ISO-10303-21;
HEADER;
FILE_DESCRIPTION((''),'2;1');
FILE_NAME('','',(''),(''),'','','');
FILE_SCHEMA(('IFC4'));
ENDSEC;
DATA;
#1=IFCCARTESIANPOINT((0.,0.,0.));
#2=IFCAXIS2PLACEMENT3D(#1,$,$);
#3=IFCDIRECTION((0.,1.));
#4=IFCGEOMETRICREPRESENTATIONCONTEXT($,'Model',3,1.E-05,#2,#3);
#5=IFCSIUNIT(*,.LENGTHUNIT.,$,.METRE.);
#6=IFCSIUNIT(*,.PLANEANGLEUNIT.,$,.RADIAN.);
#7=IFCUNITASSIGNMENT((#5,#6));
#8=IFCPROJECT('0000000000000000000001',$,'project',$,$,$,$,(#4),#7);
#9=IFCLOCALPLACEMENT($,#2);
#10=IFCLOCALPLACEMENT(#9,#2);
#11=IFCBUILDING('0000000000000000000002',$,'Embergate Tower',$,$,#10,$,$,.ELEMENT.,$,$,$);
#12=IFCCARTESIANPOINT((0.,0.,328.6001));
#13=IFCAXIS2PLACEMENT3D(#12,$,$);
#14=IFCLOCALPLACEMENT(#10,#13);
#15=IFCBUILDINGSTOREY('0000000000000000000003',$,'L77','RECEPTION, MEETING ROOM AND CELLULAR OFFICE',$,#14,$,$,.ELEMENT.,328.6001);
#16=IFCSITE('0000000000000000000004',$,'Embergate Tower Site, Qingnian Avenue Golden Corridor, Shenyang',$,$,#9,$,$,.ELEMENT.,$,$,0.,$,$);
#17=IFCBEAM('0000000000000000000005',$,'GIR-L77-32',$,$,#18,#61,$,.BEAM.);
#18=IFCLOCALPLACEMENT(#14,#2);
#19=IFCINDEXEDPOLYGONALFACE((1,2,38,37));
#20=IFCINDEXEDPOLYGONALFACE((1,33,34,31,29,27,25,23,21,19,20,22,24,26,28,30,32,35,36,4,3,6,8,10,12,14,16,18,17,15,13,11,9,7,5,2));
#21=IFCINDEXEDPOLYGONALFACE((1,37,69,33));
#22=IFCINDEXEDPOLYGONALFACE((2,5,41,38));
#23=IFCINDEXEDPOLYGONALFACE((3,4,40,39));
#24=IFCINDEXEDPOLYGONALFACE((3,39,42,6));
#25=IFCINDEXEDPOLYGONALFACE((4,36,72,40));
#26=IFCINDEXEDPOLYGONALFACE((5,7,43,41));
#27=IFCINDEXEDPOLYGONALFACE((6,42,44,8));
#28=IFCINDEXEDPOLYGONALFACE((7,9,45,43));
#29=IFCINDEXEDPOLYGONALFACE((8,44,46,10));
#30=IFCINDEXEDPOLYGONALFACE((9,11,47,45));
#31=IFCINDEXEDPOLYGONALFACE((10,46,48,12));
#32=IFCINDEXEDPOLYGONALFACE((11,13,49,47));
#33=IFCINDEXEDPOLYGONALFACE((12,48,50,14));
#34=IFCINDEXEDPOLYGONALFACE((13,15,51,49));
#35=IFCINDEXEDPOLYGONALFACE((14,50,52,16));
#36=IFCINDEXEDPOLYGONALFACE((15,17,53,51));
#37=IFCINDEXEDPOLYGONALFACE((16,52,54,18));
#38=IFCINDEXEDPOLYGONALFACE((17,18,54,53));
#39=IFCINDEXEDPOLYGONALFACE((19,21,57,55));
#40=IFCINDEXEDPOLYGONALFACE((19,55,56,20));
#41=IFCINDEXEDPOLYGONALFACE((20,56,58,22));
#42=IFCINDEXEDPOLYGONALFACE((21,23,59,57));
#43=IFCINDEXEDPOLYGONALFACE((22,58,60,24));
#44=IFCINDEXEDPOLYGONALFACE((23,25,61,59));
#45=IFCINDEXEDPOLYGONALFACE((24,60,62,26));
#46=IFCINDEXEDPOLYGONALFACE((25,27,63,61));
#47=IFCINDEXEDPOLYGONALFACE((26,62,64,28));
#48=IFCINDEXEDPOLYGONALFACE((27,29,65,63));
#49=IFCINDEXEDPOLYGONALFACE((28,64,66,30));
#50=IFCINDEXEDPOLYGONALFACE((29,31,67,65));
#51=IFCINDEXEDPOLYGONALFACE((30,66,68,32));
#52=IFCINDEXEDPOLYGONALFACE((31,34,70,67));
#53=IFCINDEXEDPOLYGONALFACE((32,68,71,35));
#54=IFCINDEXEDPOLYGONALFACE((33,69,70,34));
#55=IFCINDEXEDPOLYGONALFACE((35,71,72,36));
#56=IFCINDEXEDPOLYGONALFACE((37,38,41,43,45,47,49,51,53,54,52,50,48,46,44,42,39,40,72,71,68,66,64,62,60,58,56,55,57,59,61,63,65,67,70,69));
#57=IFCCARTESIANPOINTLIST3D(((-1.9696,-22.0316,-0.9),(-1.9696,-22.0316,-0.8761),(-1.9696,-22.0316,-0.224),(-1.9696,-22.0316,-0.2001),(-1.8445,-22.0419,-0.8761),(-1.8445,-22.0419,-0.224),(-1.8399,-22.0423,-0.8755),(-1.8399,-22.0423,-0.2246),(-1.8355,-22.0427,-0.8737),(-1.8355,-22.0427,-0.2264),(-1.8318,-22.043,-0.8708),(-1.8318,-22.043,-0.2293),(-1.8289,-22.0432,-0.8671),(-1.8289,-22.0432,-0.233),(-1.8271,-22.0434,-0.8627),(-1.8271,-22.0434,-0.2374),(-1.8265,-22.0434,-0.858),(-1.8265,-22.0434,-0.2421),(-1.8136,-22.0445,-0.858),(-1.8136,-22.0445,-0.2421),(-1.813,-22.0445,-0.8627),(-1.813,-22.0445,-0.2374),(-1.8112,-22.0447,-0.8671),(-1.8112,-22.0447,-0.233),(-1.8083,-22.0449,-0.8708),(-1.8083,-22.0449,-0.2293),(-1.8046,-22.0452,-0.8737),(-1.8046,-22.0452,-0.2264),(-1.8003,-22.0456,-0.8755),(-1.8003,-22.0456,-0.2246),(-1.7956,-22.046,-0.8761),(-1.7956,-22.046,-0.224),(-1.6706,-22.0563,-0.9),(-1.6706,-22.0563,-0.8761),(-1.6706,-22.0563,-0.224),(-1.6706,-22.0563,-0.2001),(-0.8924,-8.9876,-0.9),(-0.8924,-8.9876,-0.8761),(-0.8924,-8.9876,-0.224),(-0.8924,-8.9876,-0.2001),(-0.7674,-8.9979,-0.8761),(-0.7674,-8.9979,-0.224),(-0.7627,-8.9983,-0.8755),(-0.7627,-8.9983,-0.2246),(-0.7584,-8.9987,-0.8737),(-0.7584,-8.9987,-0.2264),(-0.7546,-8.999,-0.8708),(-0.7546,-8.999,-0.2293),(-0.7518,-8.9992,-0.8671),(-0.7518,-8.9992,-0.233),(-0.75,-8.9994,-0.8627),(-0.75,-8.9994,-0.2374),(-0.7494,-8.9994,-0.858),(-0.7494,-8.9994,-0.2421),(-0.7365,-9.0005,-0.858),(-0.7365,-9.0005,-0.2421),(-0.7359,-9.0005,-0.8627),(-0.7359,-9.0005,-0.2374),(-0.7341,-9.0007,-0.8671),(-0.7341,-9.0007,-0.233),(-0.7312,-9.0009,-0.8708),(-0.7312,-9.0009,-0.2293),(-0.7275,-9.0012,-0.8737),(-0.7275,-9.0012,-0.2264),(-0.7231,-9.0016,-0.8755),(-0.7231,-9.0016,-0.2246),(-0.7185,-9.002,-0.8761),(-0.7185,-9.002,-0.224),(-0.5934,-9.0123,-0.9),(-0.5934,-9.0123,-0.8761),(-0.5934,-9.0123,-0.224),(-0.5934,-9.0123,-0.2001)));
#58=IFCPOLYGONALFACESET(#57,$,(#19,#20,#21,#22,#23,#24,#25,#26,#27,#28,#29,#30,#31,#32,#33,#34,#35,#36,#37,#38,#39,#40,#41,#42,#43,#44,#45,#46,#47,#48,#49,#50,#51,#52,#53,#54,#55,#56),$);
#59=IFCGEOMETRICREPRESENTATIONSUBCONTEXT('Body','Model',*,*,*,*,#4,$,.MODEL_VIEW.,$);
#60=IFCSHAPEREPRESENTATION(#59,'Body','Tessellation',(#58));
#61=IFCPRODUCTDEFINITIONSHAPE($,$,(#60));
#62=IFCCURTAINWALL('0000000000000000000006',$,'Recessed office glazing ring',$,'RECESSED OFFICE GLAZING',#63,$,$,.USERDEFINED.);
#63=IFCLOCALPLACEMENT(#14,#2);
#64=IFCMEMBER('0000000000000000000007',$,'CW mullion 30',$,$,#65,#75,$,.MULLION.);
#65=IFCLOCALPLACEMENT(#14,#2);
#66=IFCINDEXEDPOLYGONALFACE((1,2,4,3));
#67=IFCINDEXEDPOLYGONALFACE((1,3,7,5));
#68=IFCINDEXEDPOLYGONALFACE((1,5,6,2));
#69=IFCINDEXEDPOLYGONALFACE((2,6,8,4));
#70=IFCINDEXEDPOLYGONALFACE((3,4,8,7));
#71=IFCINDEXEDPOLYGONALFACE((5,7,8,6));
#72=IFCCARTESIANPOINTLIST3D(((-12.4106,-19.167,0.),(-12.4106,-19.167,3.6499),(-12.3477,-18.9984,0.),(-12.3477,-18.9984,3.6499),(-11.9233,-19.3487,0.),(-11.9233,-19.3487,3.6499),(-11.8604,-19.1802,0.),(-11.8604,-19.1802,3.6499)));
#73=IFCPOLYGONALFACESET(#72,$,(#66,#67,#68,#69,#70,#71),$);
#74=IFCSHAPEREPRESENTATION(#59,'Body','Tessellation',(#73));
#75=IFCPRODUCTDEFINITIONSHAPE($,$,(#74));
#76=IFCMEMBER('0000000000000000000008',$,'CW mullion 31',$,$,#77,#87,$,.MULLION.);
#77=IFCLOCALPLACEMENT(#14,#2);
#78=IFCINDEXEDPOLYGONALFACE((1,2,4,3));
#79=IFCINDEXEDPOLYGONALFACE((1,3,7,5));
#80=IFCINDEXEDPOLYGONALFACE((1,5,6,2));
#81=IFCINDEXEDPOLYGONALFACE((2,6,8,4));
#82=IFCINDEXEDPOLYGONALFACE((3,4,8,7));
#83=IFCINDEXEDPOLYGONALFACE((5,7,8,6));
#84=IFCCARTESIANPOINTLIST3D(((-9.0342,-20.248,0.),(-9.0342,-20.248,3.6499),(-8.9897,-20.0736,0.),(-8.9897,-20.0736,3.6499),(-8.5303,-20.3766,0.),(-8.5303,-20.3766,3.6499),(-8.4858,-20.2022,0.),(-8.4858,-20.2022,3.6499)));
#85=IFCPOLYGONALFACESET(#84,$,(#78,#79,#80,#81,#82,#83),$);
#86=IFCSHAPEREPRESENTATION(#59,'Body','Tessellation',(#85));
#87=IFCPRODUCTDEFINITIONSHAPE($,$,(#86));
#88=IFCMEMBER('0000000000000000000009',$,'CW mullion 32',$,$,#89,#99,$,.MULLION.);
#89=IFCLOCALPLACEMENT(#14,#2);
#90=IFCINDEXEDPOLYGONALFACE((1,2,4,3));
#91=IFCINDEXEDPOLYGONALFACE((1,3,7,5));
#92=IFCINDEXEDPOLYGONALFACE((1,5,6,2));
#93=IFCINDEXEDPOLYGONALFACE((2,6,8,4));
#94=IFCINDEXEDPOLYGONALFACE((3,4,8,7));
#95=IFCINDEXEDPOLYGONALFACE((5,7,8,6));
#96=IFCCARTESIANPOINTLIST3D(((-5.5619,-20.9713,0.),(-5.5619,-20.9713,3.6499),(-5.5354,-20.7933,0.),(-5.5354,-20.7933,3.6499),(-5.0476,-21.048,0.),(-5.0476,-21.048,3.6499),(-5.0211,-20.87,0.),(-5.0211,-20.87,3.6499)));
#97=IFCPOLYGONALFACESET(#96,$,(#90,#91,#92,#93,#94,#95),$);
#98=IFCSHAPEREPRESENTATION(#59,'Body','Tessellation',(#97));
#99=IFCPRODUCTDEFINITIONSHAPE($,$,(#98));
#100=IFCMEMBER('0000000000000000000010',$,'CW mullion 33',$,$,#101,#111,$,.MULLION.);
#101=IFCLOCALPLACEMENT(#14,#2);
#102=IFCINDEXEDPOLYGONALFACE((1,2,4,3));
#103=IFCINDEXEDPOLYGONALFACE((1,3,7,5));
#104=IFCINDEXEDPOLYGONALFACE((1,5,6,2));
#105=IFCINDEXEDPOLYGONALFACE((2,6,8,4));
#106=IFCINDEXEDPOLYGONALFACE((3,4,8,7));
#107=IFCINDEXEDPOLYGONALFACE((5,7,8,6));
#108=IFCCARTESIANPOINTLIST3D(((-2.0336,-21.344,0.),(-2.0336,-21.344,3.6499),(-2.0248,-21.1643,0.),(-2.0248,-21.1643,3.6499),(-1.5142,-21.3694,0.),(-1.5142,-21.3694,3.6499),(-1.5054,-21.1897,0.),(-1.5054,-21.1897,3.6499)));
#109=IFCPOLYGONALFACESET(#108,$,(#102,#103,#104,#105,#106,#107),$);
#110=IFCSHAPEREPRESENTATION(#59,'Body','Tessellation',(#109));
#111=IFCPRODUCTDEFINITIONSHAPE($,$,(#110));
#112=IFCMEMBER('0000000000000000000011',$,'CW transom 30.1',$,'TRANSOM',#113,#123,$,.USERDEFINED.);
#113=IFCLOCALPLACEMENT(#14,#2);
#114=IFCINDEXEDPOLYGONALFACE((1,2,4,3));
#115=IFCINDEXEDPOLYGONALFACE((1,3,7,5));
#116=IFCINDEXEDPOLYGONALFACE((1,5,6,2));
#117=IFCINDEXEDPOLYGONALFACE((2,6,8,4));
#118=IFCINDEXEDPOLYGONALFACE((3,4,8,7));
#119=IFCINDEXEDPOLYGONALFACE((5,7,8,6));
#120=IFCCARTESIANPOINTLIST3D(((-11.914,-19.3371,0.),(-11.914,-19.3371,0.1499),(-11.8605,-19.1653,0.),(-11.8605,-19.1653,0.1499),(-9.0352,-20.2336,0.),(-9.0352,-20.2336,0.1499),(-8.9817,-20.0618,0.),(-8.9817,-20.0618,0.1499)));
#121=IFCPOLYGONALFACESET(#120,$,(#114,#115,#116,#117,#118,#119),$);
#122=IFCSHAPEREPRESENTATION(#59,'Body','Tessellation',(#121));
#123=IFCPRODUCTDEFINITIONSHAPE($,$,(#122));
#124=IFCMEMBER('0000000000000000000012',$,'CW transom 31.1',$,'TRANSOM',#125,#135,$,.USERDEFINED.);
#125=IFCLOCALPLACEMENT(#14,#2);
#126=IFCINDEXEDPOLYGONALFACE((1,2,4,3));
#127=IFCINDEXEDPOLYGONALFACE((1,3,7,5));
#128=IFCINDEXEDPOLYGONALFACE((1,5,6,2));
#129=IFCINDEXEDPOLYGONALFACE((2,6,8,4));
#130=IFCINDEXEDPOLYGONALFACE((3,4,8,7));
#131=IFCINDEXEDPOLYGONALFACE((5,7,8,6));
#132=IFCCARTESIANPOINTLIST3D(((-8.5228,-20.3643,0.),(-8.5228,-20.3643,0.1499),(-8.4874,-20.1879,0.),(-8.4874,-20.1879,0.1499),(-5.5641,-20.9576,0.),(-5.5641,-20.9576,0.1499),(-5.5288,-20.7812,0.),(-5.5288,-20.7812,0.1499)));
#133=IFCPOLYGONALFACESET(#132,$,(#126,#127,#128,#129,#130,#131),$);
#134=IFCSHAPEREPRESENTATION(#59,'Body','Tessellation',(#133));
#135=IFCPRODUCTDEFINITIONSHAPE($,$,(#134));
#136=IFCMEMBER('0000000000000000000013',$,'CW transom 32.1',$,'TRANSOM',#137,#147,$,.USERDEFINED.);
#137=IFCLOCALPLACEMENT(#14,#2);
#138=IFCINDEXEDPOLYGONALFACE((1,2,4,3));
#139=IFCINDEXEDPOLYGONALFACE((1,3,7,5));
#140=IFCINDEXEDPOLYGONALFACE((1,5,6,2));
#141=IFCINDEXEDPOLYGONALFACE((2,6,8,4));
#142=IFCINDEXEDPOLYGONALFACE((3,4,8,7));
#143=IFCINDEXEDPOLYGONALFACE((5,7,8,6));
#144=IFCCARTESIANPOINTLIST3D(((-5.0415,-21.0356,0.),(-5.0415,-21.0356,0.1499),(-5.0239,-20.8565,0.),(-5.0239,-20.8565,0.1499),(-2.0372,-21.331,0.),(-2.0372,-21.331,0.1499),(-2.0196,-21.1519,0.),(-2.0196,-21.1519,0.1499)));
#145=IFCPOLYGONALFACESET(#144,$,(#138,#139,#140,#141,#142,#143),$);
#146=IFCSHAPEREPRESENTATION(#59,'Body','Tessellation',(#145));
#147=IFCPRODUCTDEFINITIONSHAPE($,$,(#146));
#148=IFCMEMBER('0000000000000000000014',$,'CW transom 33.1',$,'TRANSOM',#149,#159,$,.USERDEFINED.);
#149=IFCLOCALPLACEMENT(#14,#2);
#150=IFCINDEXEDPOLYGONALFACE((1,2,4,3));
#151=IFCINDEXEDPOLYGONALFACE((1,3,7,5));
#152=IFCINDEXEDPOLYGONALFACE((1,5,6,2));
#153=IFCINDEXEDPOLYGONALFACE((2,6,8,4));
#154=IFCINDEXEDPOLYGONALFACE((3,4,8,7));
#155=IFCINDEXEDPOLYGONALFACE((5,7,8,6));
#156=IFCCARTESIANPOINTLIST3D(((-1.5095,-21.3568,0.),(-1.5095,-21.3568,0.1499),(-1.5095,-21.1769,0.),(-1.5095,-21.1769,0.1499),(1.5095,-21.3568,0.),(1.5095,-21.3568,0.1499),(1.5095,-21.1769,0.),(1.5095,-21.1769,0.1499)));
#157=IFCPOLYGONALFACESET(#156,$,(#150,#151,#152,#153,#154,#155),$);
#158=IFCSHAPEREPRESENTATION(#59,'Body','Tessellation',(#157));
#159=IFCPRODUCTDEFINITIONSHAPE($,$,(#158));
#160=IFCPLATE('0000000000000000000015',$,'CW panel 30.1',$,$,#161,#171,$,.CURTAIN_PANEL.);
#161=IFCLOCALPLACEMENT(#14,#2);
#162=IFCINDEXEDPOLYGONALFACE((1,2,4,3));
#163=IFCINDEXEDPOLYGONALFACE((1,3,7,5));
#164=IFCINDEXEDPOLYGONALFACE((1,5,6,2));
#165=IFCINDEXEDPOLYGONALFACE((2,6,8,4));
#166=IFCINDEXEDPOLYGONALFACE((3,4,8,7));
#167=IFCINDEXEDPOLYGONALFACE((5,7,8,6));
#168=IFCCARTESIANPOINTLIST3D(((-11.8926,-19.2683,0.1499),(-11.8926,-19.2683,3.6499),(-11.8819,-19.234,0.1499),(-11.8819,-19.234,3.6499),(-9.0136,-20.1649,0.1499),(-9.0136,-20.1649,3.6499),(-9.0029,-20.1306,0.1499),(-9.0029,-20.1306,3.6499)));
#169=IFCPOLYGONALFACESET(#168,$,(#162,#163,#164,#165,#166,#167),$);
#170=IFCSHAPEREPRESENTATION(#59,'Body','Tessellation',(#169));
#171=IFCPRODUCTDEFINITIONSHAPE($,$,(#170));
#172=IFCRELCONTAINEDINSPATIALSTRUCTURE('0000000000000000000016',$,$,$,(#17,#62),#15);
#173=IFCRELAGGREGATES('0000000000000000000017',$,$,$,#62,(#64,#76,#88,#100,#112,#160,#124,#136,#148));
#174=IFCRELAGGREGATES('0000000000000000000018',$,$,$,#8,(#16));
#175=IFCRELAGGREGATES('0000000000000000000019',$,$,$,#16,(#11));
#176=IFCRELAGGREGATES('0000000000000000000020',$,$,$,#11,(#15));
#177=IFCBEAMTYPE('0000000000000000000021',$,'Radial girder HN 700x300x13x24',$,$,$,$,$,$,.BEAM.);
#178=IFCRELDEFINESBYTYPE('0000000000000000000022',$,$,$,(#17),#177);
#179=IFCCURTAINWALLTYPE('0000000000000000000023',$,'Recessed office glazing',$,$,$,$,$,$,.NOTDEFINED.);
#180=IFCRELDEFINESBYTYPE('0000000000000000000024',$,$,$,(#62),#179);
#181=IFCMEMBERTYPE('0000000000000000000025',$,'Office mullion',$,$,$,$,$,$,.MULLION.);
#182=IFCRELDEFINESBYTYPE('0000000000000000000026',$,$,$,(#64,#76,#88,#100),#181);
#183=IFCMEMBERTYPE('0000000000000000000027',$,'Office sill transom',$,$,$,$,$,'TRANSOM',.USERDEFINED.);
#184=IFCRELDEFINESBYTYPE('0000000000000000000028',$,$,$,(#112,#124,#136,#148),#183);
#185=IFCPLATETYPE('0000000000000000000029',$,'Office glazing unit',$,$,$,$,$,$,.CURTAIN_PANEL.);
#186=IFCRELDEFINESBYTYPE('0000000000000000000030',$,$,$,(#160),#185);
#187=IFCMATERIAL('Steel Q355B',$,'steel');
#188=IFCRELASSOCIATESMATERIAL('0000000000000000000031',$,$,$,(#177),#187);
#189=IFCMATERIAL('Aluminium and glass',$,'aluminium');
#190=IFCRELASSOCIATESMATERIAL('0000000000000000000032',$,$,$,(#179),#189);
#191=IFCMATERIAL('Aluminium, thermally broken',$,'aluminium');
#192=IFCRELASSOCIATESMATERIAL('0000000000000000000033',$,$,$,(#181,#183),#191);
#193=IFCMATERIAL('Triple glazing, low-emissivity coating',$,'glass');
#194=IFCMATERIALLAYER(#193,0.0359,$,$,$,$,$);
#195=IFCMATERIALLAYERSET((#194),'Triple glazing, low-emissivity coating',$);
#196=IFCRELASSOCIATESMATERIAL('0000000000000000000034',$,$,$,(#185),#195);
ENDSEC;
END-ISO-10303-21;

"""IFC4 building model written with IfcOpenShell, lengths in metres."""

from ifc_helpers import new_model, si_unit, direction, frame, origin, origin_2d, place, context, subcontext, project, spatial, rectangle, i_section, extrude, source, transform, mapped, material, layer, layer_set, material_profile, profile_set, type_object, element, aggregate, save


model = new_model("IFC4")

# Units and contexts
model_context = context("Model", 3, precision=1e-05, world=origin(), true_north=direction((0.0, 1.0)))
body_context = subcontext(model_context, "Body", "Model", "MODEL_VIEW")
ifc_project = project(units=[si_unit("LENGTHUNIT", "METRE"), si_unit("PLANEANGLEUNIT", "RADIAN")], contexts=[model_context])

# Site, building, storey
site_placement = place(None, origin())
site = spatial("IfcSite", under=ifc_project, at=site_placement, Name="Embergate Tower Site, Qingnian Avenue Golden Corridor, Shenyang", CompositionType="ELEMENT", RefElevation=0.0)
building_placement = place(site_placement, origin())
building = spatial("IfcBuilding", under=site, at=building_placement, Name="Embergate Tower", CompositionType="ELEMENT")
storey_placement = place(building_placement, frame((0.0, 0.0, 328.6001)))
storey = spatial("IfcBuildingStorey", under=building, at=storey_placement, Name="L77", Description="RECEPTION, MEETING ROOM AND CELLULAR OFFICE", CompositionType="ELEMENT", Elevation=328.6001)

# Beam
ifc_material_1 = material(Name="Steel Q355B", Category="steel")
ifc_material_profile_1 = material_profile(ifc_material_1, i_section(OverallWidth=0.3, OverallDepth=0.7, WebThickness=0.0129, FlangeThickness=0.0239, FilletRadius=0.0181, at=origin_2d()), Name="HN 700x300x13x24")
ifc_profile_set_1 = profile_set([ifc_material_profile_1], Name="Steel Q355 grade B")
beam_type_1 = type_object("IfcBeamType", Name="Radial girder HN 700x300x13x24", PredefinedType="BEAM", material=ifc_profile_set_1)
shared_shape_1 = source(origin(), body_context, "Body", "SweptSolid", [
    extrude(i_section(OverallWidth=0.3, OverallDepth=0.7, WebThickness=0.0129, FlangeThickness=0.0239, FilletRadius=0.0181, at=origin_2d()), origin(), (0.0, 0.0, 1.0), 13.0884),
])
beam_1_placement = place(storey_placement, frame((-1.8201, -22.0439, -0.55), z_axis=(0.082298, 0.996608, 0.0), x_axis=(-0.996608, 0.082298, 0.0)))
element("IfcBeam", 1, at=beam_1_placement, inside=storey, type_object=beam_type_1, Name="GIR-L77-32", PredefinedType="BEAM", context=body_context, shape_type="MappedRepresentation", body=[
    mapped(shared_shape_1, transform((0.0, 0.0, 0.0))),
])

# Curtain wall, members
ifc_material_2 = material(Name="Aluminium and glass", Category="aluminium")
curtain_wall_type = type_object("IfcCurtainWallType", Name="Recessed office glazing", PredefinedType="NOTDEFINED", material=ifc_material_2)
curtain_wall_placement = place(storey_placement, origin())
curtain_wall = element("IfcCurtainWall", 2, at=curtain_wall_placement, inside=storey, type_object=curtain_wall_type, Name="Recessed office glazing ring", ObjectType="RECESSED OFFICE GLAZING", PredefinedType="USERDEFINED")
ifc_material_3 = material(Name="Aluminium, thermally broken", Category="aluminium")
ifc_material_profile_2 = material_profile(ifc_material_3, rectangle(XDim=0.1799, YDim=0.52, at=origin_2d()), Name="AL 520x180")
ifc_profile_set_2 = profile_set([ifc_material_profile_2], Name="Aluminium, thermally broken")
member_type_1 = type_object("IfcMemberType", Name="Office mullion", PredefinedType="MULLION", material=ifc_profile_set_2)
shared_shape_2 = source(origin(), body_context, "Body", "SweptSolid", [
    extrude(rectangle(XDim=0.1799, YDim=0.52, at=origin_2d()), origin(), (0.0, 0.0, 1.0), 3.6499),
])
member_1_placement = place(storey_placement, frame((-12.1355, -19.1736, 0.0), z_axis=(0.0, 0.0, 1.0), x_axis=(0.349496, 0.936938, 0.0)))
member_1 = element("IfcMember", 3, at=member_1_placement, type_object=member_type_1, Name="CW mullion 30", PredefinedType="MULLION", context=body_context, shape_type="MappedRepresentation", body=[
    mapped(shared_shape_2, transform((0.0, 0.0, 0.0))),
])
member_2_placement = place(storey_placement, frame((-8.76, -20.2251, 0.0), z_axis=(0.0, 0.0, 1.0), x_axis=(0.247307, 0.968937, 0.0)))
member_2 = element("IfcMember", 4, at=member_2_placement, type_object=member_type_1, Name="CW mullion 31", PredefinedType="MULLION", context=body_context, shape_type="MappedRepresentation", body=[
    mapped(shared_shape_2, transform((0.0, 0.0, 0.0))),
])
member_3_placement = place(storey_placement, frame((-5.2915, -20.9207, 0.0), z_axis=(0.0, 0.0, 1.0), x_axis=(0.147409, 0.989076, 0.0)))
member_3 = element("IfcMember", 5, at=member_3_placement, type_object=member_type_1, Name="CW mullion 32", PredefinedType="MULLION", context=body_context, shape_type="MappedRepresentation", body=[
    mapped(shared_shape_2, transform((0.0, 0.0, 0.0))),
])
member_4_placement = place(storey_placement, frame((-1.7695, -21.2668, 0.0), z_axis=(0.0, 0.0, 1.0), x_axis=(0.04897, 0.9988, 0.0)))
member_4 = element("IfcMember", 6, at=member_4_placement, type_object=member_type_1, Name="CW mullion 33", PredefinedType="MULLION", context=body_context, shape_type="MappedRepresentation", body=[
    mapped(shared_shape_2, transform((0.0, 0.0, 0.0))),
])
ifc_material_profile_3 = material_profile(ifc_material_3, rectangle(XDim=0.1799, YDim=0.1499, at=origin_2d()), Name="AL 150x180")
ifc_profile_set_3 = profile_set([ifc_material_profile_3], Name="Aluminium, thermally broken")
member_type_2 = type_object("IfcMemberType", Name="Office sill transom", ElementType="TRANSOM", PredefinedType="USERDEFINED", material=ifc_profile_set_3)
shared_shape_3 = source(origin(), body_context, "Body", "SweptSolid", [
    extrude(rectangle(XDim=0.1799, YDim=0.1499, at=origin_2d()), origin(), (0.0, 0.0, 1.0), 3.0151),
])
member_5_placement = place(storey_placement, frame((-11.8872, -19.2512, 0.075), z_axis=(0.954779, -0.297316, 0.0), x_axis=(0.297316, 0.954779, 0.0)))
member_5 = element("IfcMember", 7, at=member_5_placement, type_object=member_type_2, Name="CW transom 30.1", ObjectType="TRANSOM", PredefinedType="USERDEFINED", context=body_context, shape_type="MappedRepresentation", body=[
    mapped(shared_shape_3, transform((0.0, 0.0, 0.0))),
])
shared_shape_4 = source(origin(), body_context, "Body", "SweptSolid", [
    extrude(rectangle(XDim=0.1799, YDim=0.1499, at=origin_2d()), origin(), (0.0, 0.0, 1.0), 3.0176),
])
member_6_placement = place(storey_placement, frame((-8.5051, -20.2761, 0.075), z_axis=(0.980484, -0.196598, 0.0), x_axis=(0.196598, 0.980484, 0.0)))
member_6 = element("IfcMember", 8, at=member_6_placement, type_object=member_type_2, Name="CW transom 31.1", ObjectType="TRANSOM", PredefinedType="USERDEFINED", context=body_context, shape_type="MappedRepresentation", body=[
    mapped(shared_shape_4, transform((0.0, 0.0, 0.0))),
])
shared_shape_5 = source(origin(), body_context, "Body", "SweptSolid", [
    extrude(rectangle(XDim=0.1799, YDim=0.1499, at=origin_2d()), origin(), (0.0, 0.0, 1.0), 3.0188),
])
member_7_placement = place(storey_placement, frame((-5.0327, -20.946, 0.075), z_axis=(0.995201, -0.097854, 0.0), x_axis=(0.097854, 0.995201, 0.0)))
member_7 = element("IfcMember", 9, at=member_7_placement, type_object=member_type_2, Name="CW transom 32.1", ObjectType="TRANSOM", PredefinedType="USERDEFINED", context=body_context, shape_type="MappedRepresentation", body=[
    mapped(shared_shape_5, transform((0.0, 0.0, 0.0))),
])
shared_shape_6 = source(origin(), body_context, "Body", "SweptSolid", [
    extrude(rectangle(XDim=0.1799, YDim=0.1499, at=origin_2d()), origin(), (0.0, 0.0, 1.0), 3.019),
])
member_8_placement = place(storey_placement, frame((-1.5095, -21.2668, 0.075), z_axis=(1.0, 0.0, 0.0), x_axis=(0.0, 1.0, 0.0)))
member_8 = element("IfcMember", 10, at=member_8_placement, type_object=member_type_2, Name="CW transom 33.1", ObjectType="TRANSOM", PredefinedType="USERDEFINED", context=body_context, shape_type="MappedRepresentation", body=[
    mapped(shared_shape_6, transform((0.0, 0.0, 0.0))),
])

# Plate
ifc_material_4 = material(Name="Triple glazing, low-emissivity coating", Category="glass")
ifc_layer_1 = layer(ifc_material_4, 0.0359)
ifc_layer_set_1 = layer_set([ifc_layer_1], Name="Triple glazing, low-emissivity coating")
plate_type = type_object("IfcPlateType", Name="Office glazing unit", PredefinedType="CURTAIN_PANEL", material=ifc_layer_set_1)
shared_shape_7 = source(origin(), body_context, "Body", "SweptSolid", [
    extrude(rectangle(XDim=3.0154, YDim=0.0359, at=origin_2d()), origin(), (0.0, 0.0, 1.0), 3.5),
])
plate_1_placement = place(storey_placement, frame((-10.4478, -19.6995, 0.1499), z_axis=(0.0, 0.0, 1.0), x_axis=(0.954772, -0.297338, 0.0)))
plate_1 = element("IfcPlate", 11, at=plate_1_placement, type_object=plate_type, Name="CW panel 30.1", PredefinedType="CURTAIN_PANEL", context=body_context, shape_type="MappedRepresentation", body=[
    mapped(shared_shape_7, transform((0.0, 0.0, 0.0))),
])
aggregate(curtain_wall, [member_1, member_2, member_3, member_4, member_5, plate_1, member_6, member_7, member_8])

save(model, "model.ifc")
